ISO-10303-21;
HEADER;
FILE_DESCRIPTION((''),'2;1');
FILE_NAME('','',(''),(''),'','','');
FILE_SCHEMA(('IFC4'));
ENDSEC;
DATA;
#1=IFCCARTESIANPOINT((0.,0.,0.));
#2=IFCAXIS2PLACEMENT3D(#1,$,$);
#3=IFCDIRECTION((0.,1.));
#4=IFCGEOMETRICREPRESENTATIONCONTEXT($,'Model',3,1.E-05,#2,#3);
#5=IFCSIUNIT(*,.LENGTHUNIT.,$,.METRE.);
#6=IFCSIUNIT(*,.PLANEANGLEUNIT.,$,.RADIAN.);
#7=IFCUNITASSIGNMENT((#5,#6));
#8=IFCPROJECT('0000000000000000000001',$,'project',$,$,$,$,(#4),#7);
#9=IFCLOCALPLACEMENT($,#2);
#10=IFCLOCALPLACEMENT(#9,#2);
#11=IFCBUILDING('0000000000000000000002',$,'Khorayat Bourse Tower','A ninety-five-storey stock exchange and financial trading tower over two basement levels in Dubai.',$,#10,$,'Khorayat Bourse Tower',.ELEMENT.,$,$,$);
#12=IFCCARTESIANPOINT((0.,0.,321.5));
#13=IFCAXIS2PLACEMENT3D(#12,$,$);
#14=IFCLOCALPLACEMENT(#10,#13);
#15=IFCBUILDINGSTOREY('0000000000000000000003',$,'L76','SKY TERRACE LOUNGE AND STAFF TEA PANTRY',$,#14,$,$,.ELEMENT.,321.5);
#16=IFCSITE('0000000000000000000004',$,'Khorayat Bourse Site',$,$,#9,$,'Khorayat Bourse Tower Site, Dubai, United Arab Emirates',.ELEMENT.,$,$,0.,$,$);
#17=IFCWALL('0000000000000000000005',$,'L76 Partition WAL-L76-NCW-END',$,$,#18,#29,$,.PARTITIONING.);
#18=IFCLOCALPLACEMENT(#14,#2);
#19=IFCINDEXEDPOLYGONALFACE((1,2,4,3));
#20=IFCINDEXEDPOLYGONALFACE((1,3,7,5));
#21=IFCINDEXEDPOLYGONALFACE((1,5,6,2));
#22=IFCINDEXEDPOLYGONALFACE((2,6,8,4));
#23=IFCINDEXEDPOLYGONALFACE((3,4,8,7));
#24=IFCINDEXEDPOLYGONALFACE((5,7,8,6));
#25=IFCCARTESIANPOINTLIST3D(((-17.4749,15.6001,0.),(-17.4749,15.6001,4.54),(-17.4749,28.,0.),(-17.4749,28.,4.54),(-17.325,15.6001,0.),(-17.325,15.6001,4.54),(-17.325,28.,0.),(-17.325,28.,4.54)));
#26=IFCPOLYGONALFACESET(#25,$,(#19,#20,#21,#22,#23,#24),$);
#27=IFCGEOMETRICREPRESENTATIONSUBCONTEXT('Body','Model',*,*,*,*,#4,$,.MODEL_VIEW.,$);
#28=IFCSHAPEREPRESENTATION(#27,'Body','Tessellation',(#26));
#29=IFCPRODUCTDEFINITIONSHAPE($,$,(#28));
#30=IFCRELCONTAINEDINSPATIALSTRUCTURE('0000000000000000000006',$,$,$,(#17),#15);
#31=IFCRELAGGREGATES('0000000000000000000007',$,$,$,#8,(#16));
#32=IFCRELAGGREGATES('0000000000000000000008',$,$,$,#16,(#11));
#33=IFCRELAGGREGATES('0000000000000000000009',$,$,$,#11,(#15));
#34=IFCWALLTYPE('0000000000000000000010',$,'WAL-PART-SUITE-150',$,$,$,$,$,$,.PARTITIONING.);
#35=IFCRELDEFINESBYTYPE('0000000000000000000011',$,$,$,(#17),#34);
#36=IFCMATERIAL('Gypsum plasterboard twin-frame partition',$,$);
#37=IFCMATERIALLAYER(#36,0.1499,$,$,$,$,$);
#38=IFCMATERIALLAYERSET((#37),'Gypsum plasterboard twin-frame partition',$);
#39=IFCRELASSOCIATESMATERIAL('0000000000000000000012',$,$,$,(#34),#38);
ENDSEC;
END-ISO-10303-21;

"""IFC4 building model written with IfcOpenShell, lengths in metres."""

from ifc_helpers import new_model, si_unit, direction, frame, frame_2d, origin, place, context, subcontext, project, spatial, rectangle, extrude, source, transform, mapped, material, layer, layer_set, type_object, element, save


model = new_model("IFC4")

# Units and contexts
model_context = context("Model", 3, precision=1e-05, world=origin(), true_north=direction((0.0, 1.0)))
body_context = subcontext(model_context, "Body", "Model", "MODEL_VIEW")
ifc_project = project(units=[si_unit("LENGTHUNIT", "METRE"), si_unit("PLANEANGLEUNIT", "RADIAN")], contexts=[model_context])

# Site, building, storey
site_placement = place(None, origin())
site = spatial("IfcSite", under=ifc_project, at=site_placement, Name="Khorayat Bourse Site", LongName="Khorayat Bourse Tower Site, Dubai, United Arab Emirates", CompositionType="ELEMENT", RefElevation=0.0)
building_placement = place(site_placement, origin())
building = spatial("IfcBuilding", under=site, at=building_placement, Name="Khorayat Bourse Tower", Description="A ninety-five-storey stock exchange and financial trading tower over two basement levels in Dubai.", LongName="Khorayat Bourse Tower", CompositionType="ELEMENT")
storey_placement = place(building_placement, frame((0.0, 0.0, 321.5)))
storey = spatial("IfcBuildingStorey", under=building, at=storey_placement, Name="L76", Description="SKY TERRACE LOUNGE AND STAFF TEA PANTRY", CompositionType="ELEMENT", Elevation=321.5)

# Wall
ifc_material_1 = material(Name="Gypsum plasterboard twin-frame partition")
ifc_layer_1 = layer(ifc_material_1, 0.1499)
ifc_layer_set_1 = layer_set([ifc_layer_1], Name="Gypsum plasterboard twin-frame partition")
wall_type_1 = type_object("IfcWallType", Name="WAL-PART-SUITE-150", PredefinedType="PARTITIONING", material=ifc_layer_set_1)
shared_shape_1 = source(origin(), body_context, "Body", "SweptSolid", [
    extrude(rectangle(XDim=12.3999, YDim=0.1499, at=frame_2d((6.2, 0.0))), origin(), (0.0, 0.0, 1.0), 4.54),
])
wall_1_placement = place(storey_placement, frame((-17.3999, 15.6001, 0.0), z_axis=(0.0, 0.0, 1.0), x_axis=(0.0, 1.0, 0.0)))
element("IfcWall", 1, at=wall_1_placement, inside=storey, type_object=wall_type_1, Name="L76 Partition WAL-L76-NCW-END", PredefinedType="PARTITIONING", context=body_context, shape_type="MappedRepresentation", body=[
    mapped(shared_shape_1, transform((0.0, 0.0, 0.0), scale=1.0)),
])

save(model, "model.ifc")
